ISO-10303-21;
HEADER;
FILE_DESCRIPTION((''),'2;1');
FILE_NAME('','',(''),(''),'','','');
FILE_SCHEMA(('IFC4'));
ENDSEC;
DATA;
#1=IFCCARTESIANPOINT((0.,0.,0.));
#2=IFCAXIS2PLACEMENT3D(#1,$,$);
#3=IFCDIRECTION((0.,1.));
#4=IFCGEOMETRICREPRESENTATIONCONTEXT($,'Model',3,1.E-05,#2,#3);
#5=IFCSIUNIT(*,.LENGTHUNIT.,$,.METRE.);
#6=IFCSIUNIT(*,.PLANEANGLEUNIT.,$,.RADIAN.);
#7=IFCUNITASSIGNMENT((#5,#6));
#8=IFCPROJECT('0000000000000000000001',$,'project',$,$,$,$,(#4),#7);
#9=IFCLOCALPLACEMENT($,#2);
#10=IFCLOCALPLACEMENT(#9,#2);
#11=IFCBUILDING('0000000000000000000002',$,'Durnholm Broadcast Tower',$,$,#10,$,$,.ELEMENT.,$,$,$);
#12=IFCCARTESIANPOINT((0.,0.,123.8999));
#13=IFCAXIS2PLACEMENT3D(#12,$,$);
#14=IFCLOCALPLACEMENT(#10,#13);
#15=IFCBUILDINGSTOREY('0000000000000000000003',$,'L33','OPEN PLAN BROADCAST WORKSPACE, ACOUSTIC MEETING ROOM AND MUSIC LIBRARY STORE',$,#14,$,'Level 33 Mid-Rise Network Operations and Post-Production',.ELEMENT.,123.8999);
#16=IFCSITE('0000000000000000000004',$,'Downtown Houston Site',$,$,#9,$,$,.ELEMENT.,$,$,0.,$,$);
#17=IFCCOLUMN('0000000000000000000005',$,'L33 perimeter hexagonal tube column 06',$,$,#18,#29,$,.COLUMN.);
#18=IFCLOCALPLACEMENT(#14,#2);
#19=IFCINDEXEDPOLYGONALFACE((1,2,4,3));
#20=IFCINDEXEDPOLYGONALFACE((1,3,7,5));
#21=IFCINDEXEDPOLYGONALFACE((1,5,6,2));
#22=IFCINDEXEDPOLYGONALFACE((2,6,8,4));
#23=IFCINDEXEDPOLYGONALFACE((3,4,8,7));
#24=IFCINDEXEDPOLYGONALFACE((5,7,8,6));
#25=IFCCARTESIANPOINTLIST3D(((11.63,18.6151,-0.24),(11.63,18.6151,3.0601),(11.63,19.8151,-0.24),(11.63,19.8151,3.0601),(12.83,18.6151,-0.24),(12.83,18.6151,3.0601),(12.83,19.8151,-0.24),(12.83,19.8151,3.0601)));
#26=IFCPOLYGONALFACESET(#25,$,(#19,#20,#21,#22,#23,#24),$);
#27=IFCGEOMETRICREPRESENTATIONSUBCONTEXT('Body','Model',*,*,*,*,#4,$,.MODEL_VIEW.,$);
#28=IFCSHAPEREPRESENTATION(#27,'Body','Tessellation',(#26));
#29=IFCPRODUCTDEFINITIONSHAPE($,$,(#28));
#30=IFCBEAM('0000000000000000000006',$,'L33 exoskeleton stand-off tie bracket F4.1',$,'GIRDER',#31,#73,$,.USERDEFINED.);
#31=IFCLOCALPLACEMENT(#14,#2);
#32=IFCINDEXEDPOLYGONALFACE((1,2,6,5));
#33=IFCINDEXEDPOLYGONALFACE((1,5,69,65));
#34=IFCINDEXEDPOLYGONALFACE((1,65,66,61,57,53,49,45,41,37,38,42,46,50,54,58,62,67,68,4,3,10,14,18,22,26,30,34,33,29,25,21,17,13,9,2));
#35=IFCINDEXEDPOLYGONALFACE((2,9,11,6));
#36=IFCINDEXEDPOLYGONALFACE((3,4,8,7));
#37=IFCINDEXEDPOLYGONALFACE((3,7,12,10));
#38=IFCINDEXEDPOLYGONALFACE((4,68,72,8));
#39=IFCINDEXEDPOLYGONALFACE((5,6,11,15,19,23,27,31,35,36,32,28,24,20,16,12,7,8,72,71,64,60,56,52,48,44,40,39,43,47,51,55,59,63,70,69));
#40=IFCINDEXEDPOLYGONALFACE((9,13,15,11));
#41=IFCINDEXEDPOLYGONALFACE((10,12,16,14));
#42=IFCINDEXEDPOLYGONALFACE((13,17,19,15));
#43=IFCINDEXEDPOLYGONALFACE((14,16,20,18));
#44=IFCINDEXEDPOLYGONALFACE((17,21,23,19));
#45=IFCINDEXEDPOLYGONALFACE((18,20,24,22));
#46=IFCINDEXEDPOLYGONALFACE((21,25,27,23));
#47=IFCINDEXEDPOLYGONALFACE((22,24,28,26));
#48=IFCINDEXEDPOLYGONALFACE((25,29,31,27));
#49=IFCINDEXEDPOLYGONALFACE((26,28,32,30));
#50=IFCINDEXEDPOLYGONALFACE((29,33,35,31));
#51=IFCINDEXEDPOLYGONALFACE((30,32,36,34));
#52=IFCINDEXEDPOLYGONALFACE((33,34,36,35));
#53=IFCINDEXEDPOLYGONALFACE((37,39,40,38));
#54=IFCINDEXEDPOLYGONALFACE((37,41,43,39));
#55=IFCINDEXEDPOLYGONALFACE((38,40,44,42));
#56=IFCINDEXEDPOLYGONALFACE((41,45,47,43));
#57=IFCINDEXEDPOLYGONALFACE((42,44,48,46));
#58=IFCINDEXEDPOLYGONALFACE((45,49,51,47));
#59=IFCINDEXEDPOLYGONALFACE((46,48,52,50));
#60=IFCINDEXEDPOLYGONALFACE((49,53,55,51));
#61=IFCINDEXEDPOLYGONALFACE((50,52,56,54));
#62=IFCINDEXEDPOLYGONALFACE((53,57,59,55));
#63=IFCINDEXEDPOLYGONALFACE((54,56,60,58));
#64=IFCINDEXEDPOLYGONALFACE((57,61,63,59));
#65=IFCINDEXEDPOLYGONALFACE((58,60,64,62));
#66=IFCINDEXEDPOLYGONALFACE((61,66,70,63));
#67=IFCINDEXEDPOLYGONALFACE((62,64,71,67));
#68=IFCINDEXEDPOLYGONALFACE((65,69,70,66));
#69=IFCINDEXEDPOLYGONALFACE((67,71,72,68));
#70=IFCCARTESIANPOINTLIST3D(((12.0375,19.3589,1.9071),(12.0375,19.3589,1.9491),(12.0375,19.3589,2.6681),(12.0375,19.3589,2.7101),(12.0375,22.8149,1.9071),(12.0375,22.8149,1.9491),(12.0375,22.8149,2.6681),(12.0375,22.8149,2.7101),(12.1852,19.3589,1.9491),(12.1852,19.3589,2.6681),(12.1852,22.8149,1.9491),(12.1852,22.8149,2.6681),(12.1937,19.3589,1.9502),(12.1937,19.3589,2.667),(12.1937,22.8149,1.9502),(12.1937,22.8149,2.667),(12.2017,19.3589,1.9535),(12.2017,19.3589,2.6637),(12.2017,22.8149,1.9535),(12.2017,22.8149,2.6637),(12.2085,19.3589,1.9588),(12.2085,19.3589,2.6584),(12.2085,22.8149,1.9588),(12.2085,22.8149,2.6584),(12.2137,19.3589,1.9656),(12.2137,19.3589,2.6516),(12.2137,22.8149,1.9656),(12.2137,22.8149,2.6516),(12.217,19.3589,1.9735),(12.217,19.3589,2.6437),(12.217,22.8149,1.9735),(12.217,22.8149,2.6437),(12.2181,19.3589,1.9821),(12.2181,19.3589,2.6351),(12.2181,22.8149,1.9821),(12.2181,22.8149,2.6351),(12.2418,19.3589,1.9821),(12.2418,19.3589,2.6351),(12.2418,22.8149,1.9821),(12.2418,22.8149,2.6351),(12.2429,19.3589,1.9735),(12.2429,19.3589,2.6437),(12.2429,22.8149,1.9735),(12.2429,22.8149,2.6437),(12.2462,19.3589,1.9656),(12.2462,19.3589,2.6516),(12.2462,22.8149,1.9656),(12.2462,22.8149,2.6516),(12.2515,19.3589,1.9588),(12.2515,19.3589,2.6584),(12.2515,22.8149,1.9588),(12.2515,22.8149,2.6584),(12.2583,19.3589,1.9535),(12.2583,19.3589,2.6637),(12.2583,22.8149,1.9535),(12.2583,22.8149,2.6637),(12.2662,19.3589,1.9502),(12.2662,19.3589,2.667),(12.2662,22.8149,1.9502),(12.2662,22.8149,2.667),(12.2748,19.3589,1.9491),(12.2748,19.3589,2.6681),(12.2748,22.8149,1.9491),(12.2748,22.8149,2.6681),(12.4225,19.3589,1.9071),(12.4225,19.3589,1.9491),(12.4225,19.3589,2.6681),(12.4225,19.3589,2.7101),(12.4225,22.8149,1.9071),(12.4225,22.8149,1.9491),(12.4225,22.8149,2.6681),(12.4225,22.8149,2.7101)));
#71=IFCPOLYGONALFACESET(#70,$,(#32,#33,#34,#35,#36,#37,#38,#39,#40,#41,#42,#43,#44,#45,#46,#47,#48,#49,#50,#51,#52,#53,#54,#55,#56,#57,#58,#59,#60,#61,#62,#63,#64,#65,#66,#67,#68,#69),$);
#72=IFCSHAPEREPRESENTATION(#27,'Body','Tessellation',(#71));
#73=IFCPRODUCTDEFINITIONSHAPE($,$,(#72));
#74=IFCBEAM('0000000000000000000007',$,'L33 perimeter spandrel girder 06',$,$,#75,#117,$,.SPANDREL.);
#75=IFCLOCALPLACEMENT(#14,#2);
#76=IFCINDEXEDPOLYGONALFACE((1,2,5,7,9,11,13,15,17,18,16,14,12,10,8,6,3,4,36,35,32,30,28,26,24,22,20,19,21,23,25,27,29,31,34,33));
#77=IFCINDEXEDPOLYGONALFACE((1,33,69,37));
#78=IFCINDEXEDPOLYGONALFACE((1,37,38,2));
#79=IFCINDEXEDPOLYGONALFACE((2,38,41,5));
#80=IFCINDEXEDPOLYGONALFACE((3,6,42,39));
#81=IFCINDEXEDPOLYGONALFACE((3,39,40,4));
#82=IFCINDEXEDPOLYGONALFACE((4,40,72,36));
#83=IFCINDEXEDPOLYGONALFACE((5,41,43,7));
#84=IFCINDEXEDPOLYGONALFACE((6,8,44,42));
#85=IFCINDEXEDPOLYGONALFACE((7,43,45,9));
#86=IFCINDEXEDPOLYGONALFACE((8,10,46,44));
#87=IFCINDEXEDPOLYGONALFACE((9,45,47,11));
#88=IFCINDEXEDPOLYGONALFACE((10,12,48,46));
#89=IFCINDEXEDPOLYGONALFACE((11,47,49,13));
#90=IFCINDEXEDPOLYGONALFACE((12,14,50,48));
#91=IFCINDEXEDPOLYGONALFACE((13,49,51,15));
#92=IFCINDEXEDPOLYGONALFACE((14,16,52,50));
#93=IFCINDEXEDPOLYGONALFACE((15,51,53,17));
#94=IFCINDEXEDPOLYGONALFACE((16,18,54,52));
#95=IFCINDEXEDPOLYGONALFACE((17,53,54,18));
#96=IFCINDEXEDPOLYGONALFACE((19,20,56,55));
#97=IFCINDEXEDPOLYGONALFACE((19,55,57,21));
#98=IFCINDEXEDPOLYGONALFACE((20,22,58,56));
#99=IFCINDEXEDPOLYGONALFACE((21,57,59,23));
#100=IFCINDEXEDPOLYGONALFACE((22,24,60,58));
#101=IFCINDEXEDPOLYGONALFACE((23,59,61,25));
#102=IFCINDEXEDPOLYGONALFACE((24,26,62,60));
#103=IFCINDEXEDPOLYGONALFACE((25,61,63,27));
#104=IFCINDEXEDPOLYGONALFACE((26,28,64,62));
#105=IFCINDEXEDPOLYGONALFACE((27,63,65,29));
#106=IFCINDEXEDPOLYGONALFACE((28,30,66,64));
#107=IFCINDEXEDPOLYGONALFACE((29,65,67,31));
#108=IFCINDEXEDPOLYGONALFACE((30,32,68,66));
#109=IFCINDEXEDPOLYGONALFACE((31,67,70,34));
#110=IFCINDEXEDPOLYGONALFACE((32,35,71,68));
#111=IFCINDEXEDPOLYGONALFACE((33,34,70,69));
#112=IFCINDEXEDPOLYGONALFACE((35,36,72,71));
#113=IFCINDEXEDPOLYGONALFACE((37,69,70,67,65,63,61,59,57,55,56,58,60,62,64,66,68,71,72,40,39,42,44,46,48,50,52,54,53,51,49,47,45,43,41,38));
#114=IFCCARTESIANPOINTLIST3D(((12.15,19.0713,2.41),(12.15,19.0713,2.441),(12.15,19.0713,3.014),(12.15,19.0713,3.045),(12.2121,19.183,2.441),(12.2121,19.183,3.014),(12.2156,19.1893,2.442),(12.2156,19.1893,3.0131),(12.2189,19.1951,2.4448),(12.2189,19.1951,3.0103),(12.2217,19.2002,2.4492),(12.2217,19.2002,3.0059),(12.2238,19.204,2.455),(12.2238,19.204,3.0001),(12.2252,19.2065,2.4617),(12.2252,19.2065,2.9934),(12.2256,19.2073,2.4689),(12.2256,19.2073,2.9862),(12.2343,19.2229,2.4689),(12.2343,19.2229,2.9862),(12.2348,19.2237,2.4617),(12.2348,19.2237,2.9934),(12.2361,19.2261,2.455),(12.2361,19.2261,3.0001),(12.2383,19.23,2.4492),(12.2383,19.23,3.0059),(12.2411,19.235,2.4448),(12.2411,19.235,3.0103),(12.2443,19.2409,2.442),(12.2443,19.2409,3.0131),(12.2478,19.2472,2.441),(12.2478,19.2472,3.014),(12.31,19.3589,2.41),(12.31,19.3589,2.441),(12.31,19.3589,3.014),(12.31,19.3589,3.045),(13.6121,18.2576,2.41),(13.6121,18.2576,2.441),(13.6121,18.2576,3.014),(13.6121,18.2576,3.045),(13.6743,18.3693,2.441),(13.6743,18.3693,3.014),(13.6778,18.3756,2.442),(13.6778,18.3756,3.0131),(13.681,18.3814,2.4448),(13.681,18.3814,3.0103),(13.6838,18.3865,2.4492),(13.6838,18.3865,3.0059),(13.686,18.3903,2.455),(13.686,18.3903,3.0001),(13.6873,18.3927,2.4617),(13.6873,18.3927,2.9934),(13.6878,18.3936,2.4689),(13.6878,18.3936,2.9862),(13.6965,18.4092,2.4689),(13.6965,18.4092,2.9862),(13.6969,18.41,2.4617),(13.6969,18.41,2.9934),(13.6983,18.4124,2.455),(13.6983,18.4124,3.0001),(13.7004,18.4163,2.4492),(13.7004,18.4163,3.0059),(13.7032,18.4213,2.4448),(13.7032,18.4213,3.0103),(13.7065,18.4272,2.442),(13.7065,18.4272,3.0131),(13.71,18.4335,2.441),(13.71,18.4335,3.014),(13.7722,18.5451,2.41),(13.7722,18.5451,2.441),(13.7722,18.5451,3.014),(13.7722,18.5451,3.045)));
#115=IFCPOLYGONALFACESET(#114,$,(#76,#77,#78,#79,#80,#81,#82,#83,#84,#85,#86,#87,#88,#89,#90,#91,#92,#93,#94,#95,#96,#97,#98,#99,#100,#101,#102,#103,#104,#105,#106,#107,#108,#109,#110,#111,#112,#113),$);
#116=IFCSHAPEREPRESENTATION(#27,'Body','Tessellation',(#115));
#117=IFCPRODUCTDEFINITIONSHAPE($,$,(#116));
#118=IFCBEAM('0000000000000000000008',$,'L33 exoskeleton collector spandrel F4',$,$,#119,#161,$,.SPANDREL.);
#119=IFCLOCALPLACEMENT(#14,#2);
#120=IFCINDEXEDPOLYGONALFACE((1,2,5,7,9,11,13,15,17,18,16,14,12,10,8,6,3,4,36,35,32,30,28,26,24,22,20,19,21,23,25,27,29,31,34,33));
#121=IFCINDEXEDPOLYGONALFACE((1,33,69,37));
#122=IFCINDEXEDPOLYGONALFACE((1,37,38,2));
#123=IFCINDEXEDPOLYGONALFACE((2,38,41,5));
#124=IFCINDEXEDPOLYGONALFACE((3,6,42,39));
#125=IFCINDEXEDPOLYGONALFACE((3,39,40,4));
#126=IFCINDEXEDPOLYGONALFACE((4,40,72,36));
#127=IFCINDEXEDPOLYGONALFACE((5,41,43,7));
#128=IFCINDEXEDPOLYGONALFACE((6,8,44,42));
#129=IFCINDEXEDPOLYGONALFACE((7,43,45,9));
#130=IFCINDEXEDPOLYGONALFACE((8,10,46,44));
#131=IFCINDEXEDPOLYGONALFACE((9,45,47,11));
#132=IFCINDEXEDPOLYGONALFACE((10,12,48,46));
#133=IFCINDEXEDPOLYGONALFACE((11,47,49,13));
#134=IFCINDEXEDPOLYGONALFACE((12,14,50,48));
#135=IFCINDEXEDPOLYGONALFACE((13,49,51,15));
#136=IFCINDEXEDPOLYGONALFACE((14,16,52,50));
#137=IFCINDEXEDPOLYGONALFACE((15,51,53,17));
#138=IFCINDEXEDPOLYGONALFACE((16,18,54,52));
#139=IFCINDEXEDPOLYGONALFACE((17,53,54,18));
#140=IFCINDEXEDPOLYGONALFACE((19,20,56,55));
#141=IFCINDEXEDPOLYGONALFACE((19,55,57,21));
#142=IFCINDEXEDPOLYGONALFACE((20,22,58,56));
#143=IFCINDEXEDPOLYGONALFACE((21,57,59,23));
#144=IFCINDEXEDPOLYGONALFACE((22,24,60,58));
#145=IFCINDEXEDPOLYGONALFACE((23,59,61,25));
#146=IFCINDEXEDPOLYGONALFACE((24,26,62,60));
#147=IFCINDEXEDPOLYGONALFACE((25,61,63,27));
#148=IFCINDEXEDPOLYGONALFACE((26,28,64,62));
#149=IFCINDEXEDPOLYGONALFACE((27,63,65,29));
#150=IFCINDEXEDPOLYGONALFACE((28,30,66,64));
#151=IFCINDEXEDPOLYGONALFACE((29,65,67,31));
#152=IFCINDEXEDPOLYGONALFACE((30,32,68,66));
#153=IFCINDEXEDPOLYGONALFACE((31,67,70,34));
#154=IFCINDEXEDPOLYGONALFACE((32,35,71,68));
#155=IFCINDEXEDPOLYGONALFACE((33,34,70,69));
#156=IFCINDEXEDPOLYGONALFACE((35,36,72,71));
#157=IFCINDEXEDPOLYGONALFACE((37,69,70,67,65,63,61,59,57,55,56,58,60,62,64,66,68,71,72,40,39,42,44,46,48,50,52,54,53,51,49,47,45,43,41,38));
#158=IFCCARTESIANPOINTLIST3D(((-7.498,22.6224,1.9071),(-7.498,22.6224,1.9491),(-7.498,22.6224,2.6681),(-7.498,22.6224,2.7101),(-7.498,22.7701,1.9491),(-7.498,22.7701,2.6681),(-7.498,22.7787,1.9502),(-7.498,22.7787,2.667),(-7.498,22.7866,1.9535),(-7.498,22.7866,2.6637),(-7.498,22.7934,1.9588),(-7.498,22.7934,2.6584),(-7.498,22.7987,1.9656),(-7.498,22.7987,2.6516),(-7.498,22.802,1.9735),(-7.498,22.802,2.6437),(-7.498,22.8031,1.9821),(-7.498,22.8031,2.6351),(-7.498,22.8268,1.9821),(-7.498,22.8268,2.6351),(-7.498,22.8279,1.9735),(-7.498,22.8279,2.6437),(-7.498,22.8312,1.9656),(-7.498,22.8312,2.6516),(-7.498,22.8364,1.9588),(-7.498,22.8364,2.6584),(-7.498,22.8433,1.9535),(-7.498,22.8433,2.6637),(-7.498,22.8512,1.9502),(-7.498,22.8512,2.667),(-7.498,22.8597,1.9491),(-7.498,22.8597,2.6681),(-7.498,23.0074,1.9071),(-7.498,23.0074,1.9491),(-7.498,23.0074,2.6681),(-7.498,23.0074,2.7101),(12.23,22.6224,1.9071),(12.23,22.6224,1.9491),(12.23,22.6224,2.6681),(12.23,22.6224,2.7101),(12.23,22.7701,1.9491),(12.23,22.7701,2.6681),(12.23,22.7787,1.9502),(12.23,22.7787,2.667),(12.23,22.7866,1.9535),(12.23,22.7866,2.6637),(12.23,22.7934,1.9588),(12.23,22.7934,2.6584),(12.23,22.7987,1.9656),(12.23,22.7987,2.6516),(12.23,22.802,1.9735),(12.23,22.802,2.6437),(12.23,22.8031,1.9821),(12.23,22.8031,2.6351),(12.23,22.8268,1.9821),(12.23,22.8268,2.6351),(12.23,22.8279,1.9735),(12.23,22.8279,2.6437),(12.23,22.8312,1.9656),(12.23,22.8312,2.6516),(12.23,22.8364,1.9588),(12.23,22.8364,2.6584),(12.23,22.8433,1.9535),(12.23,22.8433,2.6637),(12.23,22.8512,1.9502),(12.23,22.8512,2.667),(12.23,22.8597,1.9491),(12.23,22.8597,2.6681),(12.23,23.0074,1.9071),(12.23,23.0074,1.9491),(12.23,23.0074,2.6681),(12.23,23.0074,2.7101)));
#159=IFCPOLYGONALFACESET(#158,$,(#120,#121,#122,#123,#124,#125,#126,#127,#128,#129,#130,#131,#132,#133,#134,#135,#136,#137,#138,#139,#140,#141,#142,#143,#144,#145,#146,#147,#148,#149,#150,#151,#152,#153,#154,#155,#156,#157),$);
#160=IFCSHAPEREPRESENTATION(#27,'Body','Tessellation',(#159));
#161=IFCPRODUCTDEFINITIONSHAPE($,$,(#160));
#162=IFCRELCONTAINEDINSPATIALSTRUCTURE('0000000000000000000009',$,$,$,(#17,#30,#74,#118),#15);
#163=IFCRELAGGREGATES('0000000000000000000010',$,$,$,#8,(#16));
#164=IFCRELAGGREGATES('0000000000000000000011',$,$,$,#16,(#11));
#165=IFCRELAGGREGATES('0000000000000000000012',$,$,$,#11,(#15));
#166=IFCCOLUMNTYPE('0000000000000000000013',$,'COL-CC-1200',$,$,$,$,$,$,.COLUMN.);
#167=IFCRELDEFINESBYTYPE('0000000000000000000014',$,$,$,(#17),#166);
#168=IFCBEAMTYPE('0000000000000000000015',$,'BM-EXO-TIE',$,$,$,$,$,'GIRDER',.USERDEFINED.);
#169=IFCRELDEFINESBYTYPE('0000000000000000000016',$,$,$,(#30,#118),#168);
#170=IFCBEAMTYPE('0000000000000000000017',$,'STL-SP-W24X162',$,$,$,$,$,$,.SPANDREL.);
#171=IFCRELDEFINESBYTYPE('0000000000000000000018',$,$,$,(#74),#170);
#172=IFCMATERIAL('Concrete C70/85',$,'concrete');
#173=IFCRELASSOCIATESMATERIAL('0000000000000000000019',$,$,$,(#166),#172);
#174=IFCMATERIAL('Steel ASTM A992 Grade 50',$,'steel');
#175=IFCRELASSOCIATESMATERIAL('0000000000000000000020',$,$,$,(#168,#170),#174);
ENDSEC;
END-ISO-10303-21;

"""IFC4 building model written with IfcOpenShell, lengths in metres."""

from ifc_helpers import new_model, si_unit, direction, frame, origin, origin_2d, place, context, subcontext, project, spatial, rectangle, i_section, extrude, source, transform, mapped, material, material_profile, profile_set, type_object, type_shapes, element, save


model = new_model("IFC4")

# Units and contexts
model_context = context("Model", 3, precision=1e-05, world=origin(), true_north=direction((0.0, 1.0)))
body_context = subcontext(model_context, "Body", "Model", "MODEL_VIEW")
ifc_project = project(units=[si_unit("LENGTHUNIT", "METRE"), si_unit("PLANEANGLEUNIT", "RADIAN")], contexts=[model_context])

# Site, building, storey
site_placement = place(None, origin())
site = spatial("IfcSite", under=ifc_project, at=site_placement, Name="Downtown Houston Site", CompositionType="ELEMENT", RefElevation=0.0)
building_placement = place(site_placement, origin())
building = spatial("IfcBuilding", under=site, at=building_placement, Name="Durnholm Broadcast Tower", CompositionType="ELEMENT")
storey_placement = place(building_placement, frame((0.0, 0.0, 123.8999)))
storey = spatial("IfcBuildingStorey", under=building, at=storey_placement, Name="L33", Description="OPEN PLAN BROADCAST WORKSPACE, ACOUSTIC MEETING ROOM AND MUSIC LIBRARY STORE", LongName="Level 33 Mid-Rise Network Operations and Post-Production", CompositionType="ELEMENT", Elevation=123.8999)

# Column
ifc_material_1 = material(Name="Concrete C70/85", Category="concrete")
ifc_material_profile_1 = material_profile(ifc_material_1, rectangle(XDim=1.2, YDim=1.2, at=origin_2d()), Name="RC1200X1200")
ifc_profile_set_1 = profile_set([ifc_material_profile_1], Name="Concrete C70/85")
column_type = type_object("IfcColumnType", Name="COL-CC-1200", PredefinedType="COLUMN", material=ifc_profile_set_1)
shared_shape_1 = source(origin(), body_context, "Body", "SweptSolid", [
    extrude(rectangle(XDim=1.2, YDim=1.2, at=origin_2d()), origin(), (0.0, 0.0, 1.0), 3.3),
])
type_shapes(column_type, [shared_shape_1])
column_placement = place(storey_placement, frame((12.23, 19.2151, -0.24), z_axis=(0.0, 0.0, 1.0), x_axis=(1.0, 0.0, 0.0)))
element("IfcColumn", 1, at=column_placement, inside=storey, type_object=column_type, Name="L33 perimeter hexagonal tube column 06", PredefinedType="COLUMN", context=body_context, shape_type="MappedRepresentation", body=[
    mapped(shared_shape_1, transform((0.0, 0.0, 0.0), x_axis=(1.0, 0.0, 0.0), y_axis=(0.0, 1.0, 0.0), z_axis=(0.0, 0.0, 1.0), scale=1.0)),
])

# Beams
ifc_material_2 = material(Name="Steel ASTM A992 Grade 50", Category="steel")
ifc_material_profile_2 = material_profile(ifc_material_2, i_section(OverallWidth=0.385, OverallDepth=0.803, WebThickness=0.0237, FlangeThickness=0.042, FilletRadius=0.033, at=origin_2d()), Name="W30X261")
ifc_profile_set_2 = profile_set([ifc_material_profile_2], Name="Steel ASTM A992 Grade 50")
beam_type_1 = type_object("IfcBeamType", Name="BM-EXO-TIE", ElementType="GIRDER", PredefinedType="USERDEFINED", material=ifc_profile_set_2)
shared_shape_2 = source(origin(), body_context, "Body", "SweptSolid", [
    extrude(i_section(OverallWidth=0.385, OverallDepth=0.803, WebThickness=0.0237, FlangeThickness=0.042, FilletRadius=0.033, at=origin_2d()), origin(), (0.0, 0.0, 1.0), 3.4561),
])
beam_1_placement = place(storey_placement, frame((12.23, 19.3589, 2.3086), z_axis=(0.0, 1.0, 0.0), x_axis=(-1.0, 0.0, 0.0)))
element("IfcBeam", 2, at=beam_1_placement, inside=storey, type_object=beam_type_1, Name="L33 exoskeleton stand-off tie bracket F4.1", ObjectType="GIRDER", PredefinedType="USERDEFINED", context=body_context, shape_type="MappedRepresentation", body=[
    mapped(shared_shape_2, transform((0.0, 0.0, 0.0), x_axis=(1.0, 0.0, 0.0), y_axis=(0.0, 1.0, 0.0), z_axis=(0.0, 0.0, 1.0), scale=1.0)),
])
ifc_material_profile_3 = material_profile(ifc_material_2, i_section(OverallWidth=0.3291, OverallDepth=0.635, WebThickness=0.0178, FlangeThickness=0.031, FilletRadius=0.0278, at=origin_2d()), Name="W24X162")
ifc_profile_set_3 = profile_set([ifc_material_profile_3], Name="Steel ASTM A992 Grade 50")
beam_type_2 = type_object("IfcBeamType", Name="STL-SP-W24X162", PredefinedType="SPANDREL", material=ifc_profile_set_3)
shared_shape_3 = source(origin(), body_context, "Body", "SweptSolid", [
    extrude(i_section(OverallWidth=0.3291, OverallDepth=0.635, WebThickness=0.0178, FlangeThickness=0.031, FilletRadius=0.0278, at=origin_2d()), origin(), (0.0, 0.0, 1.0), 1.6733),
])
type_shapes(beam_type_2, [shared_shape_3])
beam_2_placement = place(storey_placement, frame((12.23, 19.2151, 2.7275), z_axis=(0.873799, -0.486287, 0.0), x_axis=(0.486287, 0.873799, 0.0)))
element("IfcBeam", 3, at=beam_2_placement, inside=storey, type_object=beam_type_2, Name="L33 perimeter spandrel girder 06", PredefinedType="SPANDREL", context=body_context, shape_type="MappedRepresentation", body=[
    mapped(shared_shape_3, transform((0.0, 0.0, 0.0), x_axis=(1.0, 0.0, 0.0), y_axis=(0.0, 1.0, 0.0), z_axis=(0.0, 0.0, 1.0), scale=1.0)),
])
shared_shape_4 = source(origin(), body_context, "Body", "SweptSolid", [
    extrude(i_section(OverallWidth=0.385, OverallDepth=0.803, WebThickness=0.0237, FlangeThickness=0.042, FilletRadius=0.033, at=origin_2d()), origin(), (0.0, 0.0, 1.0), 19.728),
])
type_shapes(beam_type_1, [shared_shape_2, shared_shape_4])
beam_3_placement = place(storey_placement, frame((12.23, 22.8149, 2.3086), z_axis=(-1.0, 0.0, 0.0), x_axis=(0.0, -1.0, 0.0)))
element("IfcBeam", 4, at=beam_3_placement, inside=storey, type_object=beam_type_1, Name="L33 exoskeleton collector spandrel F4", PredefinedType="SPANDREL", context=body_context, shape_type="MappedRepresentation", body=[
    mapped(shared_shape_4, transform((0.0, 0.0, 0.0), x_axis=(1.0, 0.0, 0.0), y_axis=(0.0, 1.0, 0.0), z_axis=(0.0, 0.0, 1.0), scale=1.0)),
])

save(model, "model.ifc")
